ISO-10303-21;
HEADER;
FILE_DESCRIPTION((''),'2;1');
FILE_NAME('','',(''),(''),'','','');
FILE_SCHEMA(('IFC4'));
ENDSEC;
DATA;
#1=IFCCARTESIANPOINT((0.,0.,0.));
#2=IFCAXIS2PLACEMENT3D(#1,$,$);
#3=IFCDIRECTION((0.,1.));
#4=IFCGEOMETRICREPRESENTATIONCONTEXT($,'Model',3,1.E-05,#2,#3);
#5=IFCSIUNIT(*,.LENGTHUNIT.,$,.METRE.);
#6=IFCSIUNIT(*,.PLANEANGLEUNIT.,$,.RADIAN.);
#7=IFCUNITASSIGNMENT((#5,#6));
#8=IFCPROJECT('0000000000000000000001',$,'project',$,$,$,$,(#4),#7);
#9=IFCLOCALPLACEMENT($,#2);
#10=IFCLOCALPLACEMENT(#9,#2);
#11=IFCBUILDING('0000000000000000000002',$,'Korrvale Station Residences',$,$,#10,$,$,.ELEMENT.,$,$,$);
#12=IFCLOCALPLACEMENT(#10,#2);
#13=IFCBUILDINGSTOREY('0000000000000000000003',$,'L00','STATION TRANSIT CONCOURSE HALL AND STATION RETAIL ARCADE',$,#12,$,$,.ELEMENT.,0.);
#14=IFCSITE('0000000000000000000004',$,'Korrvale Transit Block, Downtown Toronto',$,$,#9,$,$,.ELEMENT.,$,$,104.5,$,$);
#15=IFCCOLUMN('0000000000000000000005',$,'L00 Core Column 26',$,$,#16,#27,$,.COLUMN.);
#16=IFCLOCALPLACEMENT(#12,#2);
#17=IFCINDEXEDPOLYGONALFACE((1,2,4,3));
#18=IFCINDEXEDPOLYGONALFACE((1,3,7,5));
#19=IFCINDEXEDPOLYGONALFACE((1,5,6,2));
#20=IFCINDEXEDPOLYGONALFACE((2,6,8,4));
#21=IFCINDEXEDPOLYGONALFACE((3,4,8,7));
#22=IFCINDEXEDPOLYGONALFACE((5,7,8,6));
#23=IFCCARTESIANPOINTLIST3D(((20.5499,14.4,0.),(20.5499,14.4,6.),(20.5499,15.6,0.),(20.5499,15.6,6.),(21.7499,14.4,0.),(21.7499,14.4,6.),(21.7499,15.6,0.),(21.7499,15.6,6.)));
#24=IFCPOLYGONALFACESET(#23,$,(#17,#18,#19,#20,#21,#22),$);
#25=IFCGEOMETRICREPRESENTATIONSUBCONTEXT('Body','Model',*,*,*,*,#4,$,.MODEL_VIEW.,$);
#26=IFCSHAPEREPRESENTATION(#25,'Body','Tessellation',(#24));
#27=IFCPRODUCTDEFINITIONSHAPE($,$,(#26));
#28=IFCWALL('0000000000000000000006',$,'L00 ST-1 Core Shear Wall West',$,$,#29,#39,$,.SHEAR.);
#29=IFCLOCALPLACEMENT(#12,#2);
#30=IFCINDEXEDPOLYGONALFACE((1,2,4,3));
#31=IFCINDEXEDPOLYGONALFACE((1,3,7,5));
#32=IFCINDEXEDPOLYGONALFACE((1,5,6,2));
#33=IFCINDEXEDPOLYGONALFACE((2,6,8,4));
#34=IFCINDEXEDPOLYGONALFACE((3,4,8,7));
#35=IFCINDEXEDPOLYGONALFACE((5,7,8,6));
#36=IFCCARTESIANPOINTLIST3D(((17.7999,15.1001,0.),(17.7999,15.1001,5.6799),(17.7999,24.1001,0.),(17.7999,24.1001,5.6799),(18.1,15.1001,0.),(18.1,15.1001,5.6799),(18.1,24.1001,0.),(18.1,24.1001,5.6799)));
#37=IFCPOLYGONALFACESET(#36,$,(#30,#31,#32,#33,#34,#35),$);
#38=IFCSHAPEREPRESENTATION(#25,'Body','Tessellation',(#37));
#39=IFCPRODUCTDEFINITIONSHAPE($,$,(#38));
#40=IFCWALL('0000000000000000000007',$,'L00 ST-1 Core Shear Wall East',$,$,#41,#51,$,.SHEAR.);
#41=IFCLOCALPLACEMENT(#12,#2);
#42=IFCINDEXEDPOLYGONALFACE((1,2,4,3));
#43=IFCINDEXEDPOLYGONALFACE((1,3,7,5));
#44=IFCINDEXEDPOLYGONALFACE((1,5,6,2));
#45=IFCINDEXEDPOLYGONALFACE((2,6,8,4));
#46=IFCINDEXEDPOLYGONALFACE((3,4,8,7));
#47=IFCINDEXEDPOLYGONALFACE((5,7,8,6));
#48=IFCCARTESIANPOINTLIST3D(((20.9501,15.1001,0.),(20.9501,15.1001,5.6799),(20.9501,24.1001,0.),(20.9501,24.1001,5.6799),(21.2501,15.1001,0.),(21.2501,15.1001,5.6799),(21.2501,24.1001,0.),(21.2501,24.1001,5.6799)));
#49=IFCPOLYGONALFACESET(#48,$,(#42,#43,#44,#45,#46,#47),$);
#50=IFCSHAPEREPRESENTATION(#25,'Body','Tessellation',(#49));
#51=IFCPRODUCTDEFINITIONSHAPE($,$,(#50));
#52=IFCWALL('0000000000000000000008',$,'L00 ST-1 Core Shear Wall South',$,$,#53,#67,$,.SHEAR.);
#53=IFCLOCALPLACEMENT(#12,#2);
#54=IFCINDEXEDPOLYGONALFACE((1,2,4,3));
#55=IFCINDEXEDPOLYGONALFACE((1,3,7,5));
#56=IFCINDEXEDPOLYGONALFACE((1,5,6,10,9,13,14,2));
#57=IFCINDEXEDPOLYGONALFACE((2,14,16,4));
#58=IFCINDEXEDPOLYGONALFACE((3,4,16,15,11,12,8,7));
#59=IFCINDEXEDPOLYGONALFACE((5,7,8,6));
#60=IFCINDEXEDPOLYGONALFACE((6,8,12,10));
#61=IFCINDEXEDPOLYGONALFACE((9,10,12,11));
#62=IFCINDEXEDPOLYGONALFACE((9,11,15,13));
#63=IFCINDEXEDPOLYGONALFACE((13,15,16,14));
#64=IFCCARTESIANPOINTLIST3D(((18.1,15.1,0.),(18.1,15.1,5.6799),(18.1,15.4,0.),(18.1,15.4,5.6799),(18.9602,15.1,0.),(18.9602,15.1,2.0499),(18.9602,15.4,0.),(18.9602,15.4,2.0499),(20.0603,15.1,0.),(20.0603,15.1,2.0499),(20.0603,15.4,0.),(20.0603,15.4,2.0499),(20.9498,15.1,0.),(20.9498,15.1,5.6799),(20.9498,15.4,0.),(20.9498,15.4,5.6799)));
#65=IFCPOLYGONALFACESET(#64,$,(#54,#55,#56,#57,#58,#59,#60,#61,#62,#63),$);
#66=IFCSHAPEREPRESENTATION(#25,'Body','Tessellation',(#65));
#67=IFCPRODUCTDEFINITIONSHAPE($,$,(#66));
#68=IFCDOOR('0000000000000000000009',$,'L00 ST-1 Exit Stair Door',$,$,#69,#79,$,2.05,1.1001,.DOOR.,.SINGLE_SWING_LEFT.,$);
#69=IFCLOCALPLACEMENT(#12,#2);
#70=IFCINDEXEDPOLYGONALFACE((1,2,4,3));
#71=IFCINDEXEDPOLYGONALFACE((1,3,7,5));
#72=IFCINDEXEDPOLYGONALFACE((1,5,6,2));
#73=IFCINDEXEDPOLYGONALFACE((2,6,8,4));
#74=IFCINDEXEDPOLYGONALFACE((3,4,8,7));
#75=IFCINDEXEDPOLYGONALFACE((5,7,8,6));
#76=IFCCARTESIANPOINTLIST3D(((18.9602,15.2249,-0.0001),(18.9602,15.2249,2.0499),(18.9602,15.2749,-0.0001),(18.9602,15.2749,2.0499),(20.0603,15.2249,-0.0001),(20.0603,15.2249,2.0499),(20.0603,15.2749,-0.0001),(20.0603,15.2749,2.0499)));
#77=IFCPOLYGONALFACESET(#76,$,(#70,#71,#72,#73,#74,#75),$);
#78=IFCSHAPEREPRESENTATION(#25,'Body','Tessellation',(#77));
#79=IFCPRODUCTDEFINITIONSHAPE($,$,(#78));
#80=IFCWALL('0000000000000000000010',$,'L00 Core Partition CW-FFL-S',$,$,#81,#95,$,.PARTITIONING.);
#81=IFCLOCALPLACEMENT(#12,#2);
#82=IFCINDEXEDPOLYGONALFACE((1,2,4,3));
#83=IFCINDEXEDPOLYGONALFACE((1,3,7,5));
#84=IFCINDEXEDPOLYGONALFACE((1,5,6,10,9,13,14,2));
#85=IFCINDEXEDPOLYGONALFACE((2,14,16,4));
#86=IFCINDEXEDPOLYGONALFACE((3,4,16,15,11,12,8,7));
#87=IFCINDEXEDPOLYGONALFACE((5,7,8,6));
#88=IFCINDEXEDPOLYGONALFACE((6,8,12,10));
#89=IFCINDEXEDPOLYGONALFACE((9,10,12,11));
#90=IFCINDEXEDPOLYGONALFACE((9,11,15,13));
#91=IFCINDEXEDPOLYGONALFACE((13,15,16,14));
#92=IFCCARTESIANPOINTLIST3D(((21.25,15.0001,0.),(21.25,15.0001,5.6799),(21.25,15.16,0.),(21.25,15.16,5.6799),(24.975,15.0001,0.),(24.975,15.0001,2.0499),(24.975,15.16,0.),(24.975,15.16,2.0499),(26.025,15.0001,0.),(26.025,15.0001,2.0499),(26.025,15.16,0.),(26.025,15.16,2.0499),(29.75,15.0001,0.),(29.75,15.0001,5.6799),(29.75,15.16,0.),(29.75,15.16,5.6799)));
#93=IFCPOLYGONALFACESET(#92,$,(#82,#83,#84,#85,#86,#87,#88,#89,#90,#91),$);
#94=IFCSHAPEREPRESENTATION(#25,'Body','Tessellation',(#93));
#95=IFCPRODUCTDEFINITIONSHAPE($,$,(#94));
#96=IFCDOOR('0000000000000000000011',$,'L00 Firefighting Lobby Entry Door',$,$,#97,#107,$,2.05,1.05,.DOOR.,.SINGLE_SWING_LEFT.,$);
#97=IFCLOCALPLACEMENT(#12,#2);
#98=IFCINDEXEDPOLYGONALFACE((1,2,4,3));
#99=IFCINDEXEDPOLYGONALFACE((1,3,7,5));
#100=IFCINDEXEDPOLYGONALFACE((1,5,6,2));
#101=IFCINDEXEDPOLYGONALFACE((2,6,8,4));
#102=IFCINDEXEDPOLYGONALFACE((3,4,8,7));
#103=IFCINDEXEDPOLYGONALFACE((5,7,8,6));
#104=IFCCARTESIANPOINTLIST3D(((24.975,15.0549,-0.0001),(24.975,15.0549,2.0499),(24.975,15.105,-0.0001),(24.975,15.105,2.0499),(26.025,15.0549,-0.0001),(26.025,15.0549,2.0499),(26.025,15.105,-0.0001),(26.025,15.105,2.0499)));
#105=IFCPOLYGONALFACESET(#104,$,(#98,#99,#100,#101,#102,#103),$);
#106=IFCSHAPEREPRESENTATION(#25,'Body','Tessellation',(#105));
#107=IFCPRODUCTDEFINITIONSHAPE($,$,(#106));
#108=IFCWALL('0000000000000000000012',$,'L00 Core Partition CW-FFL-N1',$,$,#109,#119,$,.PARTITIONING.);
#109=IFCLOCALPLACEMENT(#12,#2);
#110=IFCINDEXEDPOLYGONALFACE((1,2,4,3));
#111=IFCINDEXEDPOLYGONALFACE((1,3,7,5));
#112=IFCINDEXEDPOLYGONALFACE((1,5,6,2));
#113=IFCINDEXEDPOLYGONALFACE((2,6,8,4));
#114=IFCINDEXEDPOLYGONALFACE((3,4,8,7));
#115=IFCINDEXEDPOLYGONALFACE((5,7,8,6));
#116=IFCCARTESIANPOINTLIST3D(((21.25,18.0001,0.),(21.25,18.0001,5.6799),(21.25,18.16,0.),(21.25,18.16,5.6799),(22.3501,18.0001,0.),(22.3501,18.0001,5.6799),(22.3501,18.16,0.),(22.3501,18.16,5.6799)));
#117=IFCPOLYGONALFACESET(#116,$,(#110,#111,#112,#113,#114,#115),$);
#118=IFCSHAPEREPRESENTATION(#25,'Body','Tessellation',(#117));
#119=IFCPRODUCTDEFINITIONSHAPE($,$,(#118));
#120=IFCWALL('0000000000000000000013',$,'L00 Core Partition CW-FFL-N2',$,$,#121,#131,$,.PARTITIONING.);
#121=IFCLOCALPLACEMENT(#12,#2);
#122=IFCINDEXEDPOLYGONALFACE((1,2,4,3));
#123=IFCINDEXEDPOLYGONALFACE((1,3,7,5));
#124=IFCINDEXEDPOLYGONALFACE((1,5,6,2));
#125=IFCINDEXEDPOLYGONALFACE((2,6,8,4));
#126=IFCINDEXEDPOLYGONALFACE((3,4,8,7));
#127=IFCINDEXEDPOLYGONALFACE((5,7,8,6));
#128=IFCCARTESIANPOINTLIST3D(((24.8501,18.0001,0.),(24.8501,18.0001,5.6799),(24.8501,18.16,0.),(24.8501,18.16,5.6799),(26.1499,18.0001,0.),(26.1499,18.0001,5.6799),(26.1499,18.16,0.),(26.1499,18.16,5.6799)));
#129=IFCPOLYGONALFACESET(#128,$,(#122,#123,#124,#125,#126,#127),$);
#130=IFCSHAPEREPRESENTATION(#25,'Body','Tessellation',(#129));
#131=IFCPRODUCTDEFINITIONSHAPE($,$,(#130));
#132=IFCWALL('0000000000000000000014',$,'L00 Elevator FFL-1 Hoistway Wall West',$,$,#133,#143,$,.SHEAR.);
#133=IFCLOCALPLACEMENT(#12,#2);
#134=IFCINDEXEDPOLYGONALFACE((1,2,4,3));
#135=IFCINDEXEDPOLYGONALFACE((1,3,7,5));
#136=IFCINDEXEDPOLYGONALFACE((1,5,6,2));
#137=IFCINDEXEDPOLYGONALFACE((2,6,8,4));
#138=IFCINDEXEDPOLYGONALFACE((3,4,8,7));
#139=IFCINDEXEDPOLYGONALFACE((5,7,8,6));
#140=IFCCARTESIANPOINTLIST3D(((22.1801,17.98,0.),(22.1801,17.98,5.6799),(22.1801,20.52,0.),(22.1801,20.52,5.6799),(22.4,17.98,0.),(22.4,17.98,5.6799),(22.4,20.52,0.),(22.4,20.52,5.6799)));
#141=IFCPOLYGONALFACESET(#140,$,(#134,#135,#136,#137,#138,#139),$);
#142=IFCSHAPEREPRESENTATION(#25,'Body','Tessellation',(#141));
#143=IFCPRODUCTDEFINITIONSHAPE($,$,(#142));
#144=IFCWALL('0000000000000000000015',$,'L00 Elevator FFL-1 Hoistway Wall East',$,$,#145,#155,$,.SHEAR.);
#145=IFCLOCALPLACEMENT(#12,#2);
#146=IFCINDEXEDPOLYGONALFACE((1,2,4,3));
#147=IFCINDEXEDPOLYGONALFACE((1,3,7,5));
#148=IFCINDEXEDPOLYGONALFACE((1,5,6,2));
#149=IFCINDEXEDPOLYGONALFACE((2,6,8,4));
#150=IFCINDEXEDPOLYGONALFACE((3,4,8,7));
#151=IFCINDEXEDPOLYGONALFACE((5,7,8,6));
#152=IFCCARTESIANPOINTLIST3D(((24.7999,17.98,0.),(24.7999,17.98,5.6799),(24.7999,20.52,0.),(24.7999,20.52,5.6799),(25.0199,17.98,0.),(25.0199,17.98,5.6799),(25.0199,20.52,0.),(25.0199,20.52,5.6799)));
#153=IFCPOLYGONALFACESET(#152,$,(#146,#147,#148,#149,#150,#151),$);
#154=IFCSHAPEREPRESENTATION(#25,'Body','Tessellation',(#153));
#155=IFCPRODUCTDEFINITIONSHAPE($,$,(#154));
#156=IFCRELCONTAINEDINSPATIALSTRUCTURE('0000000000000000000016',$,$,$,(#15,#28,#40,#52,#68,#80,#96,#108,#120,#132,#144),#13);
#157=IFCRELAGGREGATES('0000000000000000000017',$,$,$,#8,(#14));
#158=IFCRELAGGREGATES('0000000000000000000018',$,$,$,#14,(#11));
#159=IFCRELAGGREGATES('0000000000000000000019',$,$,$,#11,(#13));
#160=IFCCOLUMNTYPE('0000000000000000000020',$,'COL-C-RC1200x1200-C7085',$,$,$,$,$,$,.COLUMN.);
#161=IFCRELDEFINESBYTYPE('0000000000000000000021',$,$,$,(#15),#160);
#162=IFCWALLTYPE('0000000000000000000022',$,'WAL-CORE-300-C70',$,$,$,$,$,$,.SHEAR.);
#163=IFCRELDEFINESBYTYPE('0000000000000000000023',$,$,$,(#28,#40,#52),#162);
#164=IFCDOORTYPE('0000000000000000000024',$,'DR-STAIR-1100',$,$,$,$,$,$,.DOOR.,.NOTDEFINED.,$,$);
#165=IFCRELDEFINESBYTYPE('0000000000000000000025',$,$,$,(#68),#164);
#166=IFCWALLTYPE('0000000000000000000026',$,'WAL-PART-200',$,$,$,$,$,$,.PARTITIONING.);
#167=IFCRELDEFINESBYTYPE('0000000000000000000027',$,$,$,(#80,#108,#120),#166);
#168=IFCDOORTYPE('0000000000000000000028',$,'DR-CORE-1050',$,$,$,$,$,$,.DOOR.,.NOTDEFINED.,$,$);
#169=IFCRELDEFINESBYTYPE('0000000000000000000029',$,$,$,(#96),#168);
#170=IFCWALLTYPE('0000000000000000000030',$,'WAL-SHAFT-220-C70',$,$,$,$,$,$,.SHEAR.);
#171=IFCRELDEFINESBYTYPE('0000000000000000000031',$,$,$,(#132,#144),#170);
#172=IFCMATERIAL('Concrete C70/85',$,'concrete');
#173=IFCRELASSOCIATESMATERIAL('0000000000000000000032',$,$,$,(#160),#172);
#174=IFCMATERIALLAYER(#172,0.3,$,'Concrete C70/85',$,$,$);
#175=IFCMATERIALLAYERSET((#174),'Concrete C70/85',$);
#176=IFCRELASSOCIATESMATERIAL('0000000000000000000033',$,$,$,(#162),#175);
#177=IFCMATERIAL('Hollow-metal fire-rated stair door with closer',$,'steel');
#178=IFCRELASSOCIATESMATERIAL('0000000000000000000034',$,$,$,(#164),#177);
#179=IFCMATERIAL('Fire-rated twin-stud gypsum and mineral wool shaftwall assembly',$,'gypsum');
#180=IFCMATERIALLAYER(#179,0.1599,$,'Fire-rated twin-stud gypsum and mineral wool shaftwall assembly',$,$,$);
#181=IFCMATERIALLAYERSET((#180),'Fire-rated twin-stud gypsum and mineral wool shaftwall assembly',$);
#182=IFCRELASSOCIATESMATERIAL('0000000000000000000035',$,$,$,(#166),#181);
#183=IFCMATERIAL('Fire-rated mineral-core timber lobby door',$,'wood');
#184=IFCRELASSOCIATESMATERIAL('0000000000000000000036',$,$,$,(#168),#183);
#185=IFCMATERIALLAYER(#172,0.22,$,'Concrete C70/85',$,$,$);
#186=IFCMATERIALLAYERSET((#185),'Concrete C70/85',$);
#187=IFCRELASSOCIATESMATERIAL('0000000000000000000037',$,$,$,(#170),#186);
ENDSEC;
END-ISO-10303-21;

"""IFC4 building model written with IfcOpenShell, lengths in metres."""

from ifc_helpers import new_model, si_unit, direction, frame, frame_2d, origin, origin_2d, place, context, subcontext, project, spatial, rectangle, extrude, material, layer, layer_set, material_profile, profile_set, type_object, element, fill, save


model = new_model("IFC4")

# Units and contexts
model_context = context("Model", 3, precision=1e-05, world=origin(), true_north=direction((0.0, 1.0)))
body_context = subcontext(model_context, "Body", "Model", "MODEL_VIEW")
ifc_project = project(units=[si_unit("LENGTHUNIT", "METRE"), si_unit("PLANEANGLEUNIT", "RADIAN")], contexts=[model_context])

# Site, building, storey
site_placement = place(None, origin())
site = spatial("IfcSite", under=ifc_project, at=site_placement, Name="Korrvale Transit Block, Downtown Toronto", CompositionType="ELEMENT", RefElevation=104.5)
building_placement = place(site_placement, origin())
building = spatial("IfcBuilding", under=site, at=building_placement, Name="Korrvale Station Residences", CompositionType="ELEMENT")
storey_placement = place(building_placement, origin())
storey = spatial("IfcBuildingStorey", under=building, at=storey_placement, Name="L00", Description="STATION TRANSIT CONCOURSE HALL AND STATION RETAIL ARCADE", CompositionType="ELEMENT", Elevation=0.0)

# Column
ifc_material_1 = material(Name="Concrete C70/85", Category="concrete")
ifc_material_profile = material_profile(ifc_material_1, rectangle(XDim=1.2, YDim=1.2, at=origin_2d()), Name="RC1200x1200")
ifc_profile_set = profile_set([ifc_material_profile], Name="Concrete C70/85")
column_type = type_object("IfcColumnType", Name="COL-C-RC1200x1200-C7085", PredefinedType="COLUMN", material=ifc_profile_set)
column_placement = place(storey_placement, frame((21.1499, 15.0, 0.0), z_axis=(0.0, 0.0, 1.0), x_axis=(1.0, 0.0, 0.0)))
element("IfcColumn", 1, at=column_placement, inside=storey, type_object=column_type, Name="L00 Core Column 26", PredefinedType="COLUMN", context=body_context, shape_type="SweptSolid", body=[
    extrude(rectangle(XDim=1.2, YDim=1.2, at=origin_2d()), origin(), (0.0, 0.0, 1.0), 6.0),
])

# Walls
ifc_layer_1 = layer(ifc_material_1, 0.3, Name="Concrete C70/85")
ifc_layer_set_1 = layer_set([ifc_layer_1], Name="Concrete C70/85")
wall_type_1 = type_object("IfcWallType", Name="WAL-CORE-300-C70", PredefinedType="SHEAR", material=ifc_layer_set_1)
for number, where, z_axis, x_axis, name in (
    (2, (17.95, 15.1001, 0.0), (0.0, 0.0, 1.0), (0.0, 1.0, 0.0), "L00 ST-1 Core Shear Wall West"),
    (3, (21.1001, 15.1001, 0.0), (0.0, 0.0, 1.0), (0.0, 1.0, 0.0), "L00 ST-1 Core Shear Wall East"),
):
    element("IfcWall", number, at=place(storey_placement, frame(where, z_axis=z_axis, x_axis=x_axis)), inside=storey, type_object=wall_type_1, Name=name, PredefinedType="SHEAR", context=body_context, shape_type="SweptSolid", body=[
        extrude(rectangle(XDim=9.0, YDim=0.3, at=frame_2d((4.5, 0.0))), origin(), (0.0, 0.0, 1.0), 5.6799),
    ])

# Walls, openings, doors
wall_1_placement = place(storey_placement, frame((18.1001, 15.25, 0.0), z_axis=(0.0, 0.0, 1.0), x_axis=(1.0, 0.0, 0.0)))
wall_1 = element("IfcWall", 4, at=wall_1_placement, inside=storey, type_object=wall_type_1, Name="L00 ST-1 Core Shear Wall South", PredefinedType="SHEAR", context=body_context, shape_type="SweptSolid", body=[
    extrude(rectangle(XDim=2.8499, YDim=0.3, at=frame_2d((1.4248, 0.0))), origin(), (0.0, 0.0, 1.0), 5.6799),
])
opening_1_placement = place(wall_1_placement, frame((0.8601, 0.0, 0.0)))
opening_1 = element("IfcOpeningElement", 5, at=opening_1_placement, cuts=wall_1, PredefinedType="OPENING", context=body_context, shape_type="SweptSolid", body=[
    extrude(rectangle(XDim=1.1001, YDim=2.05, at=frame_2d((0.55, 1.0249))), frame((0.0, 0.1602, 0.0), z_axis=(0.0, -1.0, 0.0), x_axis=(1.0, 0.0, 0.0)), (0.0, 0.0, 1.0), 0.3201),
])
ifc_material_2 = material(Name="Hollow-metal fire-rated stair door with closer", Category="steel")
door_type_1 = type_object("IfcDoorType", Name="DR-STAIR-1100", OperationType="NOTDEFINED", PredefinedType="DOOR", material=ifc_material_2)
door_1_placement = place(opening_1_placement, origin())
door_1 = element("IfcDoor", 6, at=door_1_placement, inside=storey, type_object=door_type_1, Name="L00 ST-1 Exit Stair Door", OperationType="SINGLE_SWING_LEFT", OverallHeight=2.05, OverallWidth=1.1001, PredefinedType="DOOR", context=body_context, shape_type="SweptSolid", body=[
    extrude(rectangle(XDim=1.1001, YDim=2.05, at=frame_2d((0.55, 1.0249))), frame((0.0, 0.0249, 0.0), z_axis=(0.0, -1.0, 0.0), x_axis=(1.0, 0.0, 0.0)), (0.0, 0.0, 1.0), 0.05),
])
fill(opening_1, door_1)
ifc_material_3 = material(Name="Fire-rated twin-stud gypsum and mineral wool shaftwall assembly", Category="gypsum")
ifc_layer_2 = layer(ifc_material_3, 0.1599, Name="Fire-rated twin-stud gypsum and mineral wool shaftwall assembly")
ifc_layer_set_2 = layer_set([ifc_layer_2], Name="Fire-rated twin-stud gypsum and mineral wool shaftwall assembly")
wall_type_2 = type_object("IfcWallType", Name="WAL-PART-200", PredefinedType="PARTITIONING", material=ifc_layer_set_2)
wall_2_placement = place(storey_placement, frame((21.25, 15.0801, 0.0), z_axis=(0.0, 0.0, 1.0), x_axis=(1.0, 0.0, 0.0)))
wall_2 = element("IfcWall", 7, at=wall_2_placement, inside=storey, type_object=wall_type_2, Name="L00 Core Partition CW-FFL-S", PredefinedType="PARTITIONING", context=body_context, shape_type="SweptSolid", body=[
    extrude(rectangle(XDim=8.5, YDim=0.1599, at=frame_2d((4.25, 0.0))), origin(), (0.0, 0.0, 1.0), 5.6799),
])
opening_2_placement = place(wall_2_placement, frame((3.7251, 0.0, 0.0)))
opening_2 = element("IfcOpeningElement", 8, at=opening_2_placement, cuts=wall_2, PredefinedType="OPENING", context=body_context, shape_type="SweptSolid", body=[
    extrude(rectangle(XDim=1.05, YDim=2.05, at=frame_2d((0.5249, 1.0249))), frame((0.0, 0.0898, 0.0), z_axis=(0.0, -1.0, 0.0), x_axis=(1.0, 0.0, 0.0)), (0.0, 0.0, 1.0), 0.1799),
])
ifc_material_4 = material(Name="Fire-rated mineral-core timber lobby door", Category="wood")
door_type_2 = type_object("IfcDoorType", Name="DR-CORE-1050", OperationType="NOTDEFINED", PredefinedType="DOOR", material=ifc_material_4)
door_2_placement = place(opening_2_placement, origin())
door_2 = element("IfcDoor", 9, at=door_2_placement, inside=storey, type_object=door_type_2, Name="L00 Firefighting Lobby Entry Door", OperationType="SINGLE_SWING_LEFT", OverallHeight=2.05, OverallWidth=1.05, PredefinedType="DOOR", context=body_context, shape_type="SweptSolid", body=[
    extrude(rectangle(XDim=1.05, YDim=2.05, at=frame_2d((0.5249, 1.0249))), frame((0.0, 0.0249, 0.0), z_axis=(0.0, -1.0, 0.0), x_axis=(1.0, 0.0, 0.0)), (0.0, 0.0, 1.0), 0.05),
])
fill(opening_2, door_2)

# Walls
wall_3_placement = place(storey_placement, frame((21.25, 18.0801, 0.0), z_axis=(0.0, 0.0, 1.0), x_axis=(1.0, 0.0, 0.0)))
element("IfcWall", 10, at=wall_3_placement, inside=storey, type_object=wall_type_2, Name="L00 Core Partition CW-FFL-N1", PredefinedType="PARTITIONING", context=body_context, shape_type="SweptSolid", body=[
    extrude(rectangle(XDim=1.1001, YDim=0.1599, at=frame_2d((0.55, 0.0))), origin(), (0.0, 0.0, 1.0), 5.6799),
])
wall_4_placement = place(storey_placement, frame((24.8501, 18.0801, 0.0), z_axis=(0.0, 0.0, 1.0), x_axis=(1.0, 0.0, 0.0)))
element("IfcWall", 11, at=wall_4_placement, inside=storey, type_object=wall_type_2, Name="L00 Core Partition CW-FFL-N2", PredefinedType="PARTITIONING", context=body_context, shape_type="SweptSolid", body=[
    extrude(rectangle(XDim=1.2998, YDim=0.1599, at=frame_2d((0.6499, 0.0))), origin(), (0.0, 0.0, 1.0), 5.6799),
])

# Shared definitions
ifc_layer_3 = layer(ifc_material_1, 0.22, Name="Concrete C70/85")
ifc_layer_set_3 = layer_set([ifc_layer_3], Name="Concrete C70/85")
wall_type_3 = type_object("IfcWallType", Name="WAL-SHAFT-220-C70", PredefinedType="SHEAR", material=ifc_layer_set_3)

# Walls
for number, where, z_axis, x_axis, name in (
    (12, (22.29, 17.98, 0.0), (0.0, 0.0, 1.0), (0.0, 1.0, 0.0), "L00 Elevator FFL-1 Hoistway Wall West"),
    (13, (24.9099, 17.98, 0.0), (0.0, 0.0, 1.0), (0.0, 1.0, 0.0), "L00 Elevator FFL-1 Hoistway Wall East"),
):
    element("IfcWall", number, at=place(storey_placement, frame(where, z_axis=z_axis, x_axis=x_axis)), inside=storey, type_object=wall_type_3, Name=name, PredefinedType="SHEAR", context=body_context, shape_type="SweptSolid", body=[
        extrude(rectangle(XDim=2.54, YDim=0.22, at=frame_2d((1.27, 0.0))), origin(), (0.0, 0.0, 1.0), 5.6799),
    ])

save(model, "model.ifc")
